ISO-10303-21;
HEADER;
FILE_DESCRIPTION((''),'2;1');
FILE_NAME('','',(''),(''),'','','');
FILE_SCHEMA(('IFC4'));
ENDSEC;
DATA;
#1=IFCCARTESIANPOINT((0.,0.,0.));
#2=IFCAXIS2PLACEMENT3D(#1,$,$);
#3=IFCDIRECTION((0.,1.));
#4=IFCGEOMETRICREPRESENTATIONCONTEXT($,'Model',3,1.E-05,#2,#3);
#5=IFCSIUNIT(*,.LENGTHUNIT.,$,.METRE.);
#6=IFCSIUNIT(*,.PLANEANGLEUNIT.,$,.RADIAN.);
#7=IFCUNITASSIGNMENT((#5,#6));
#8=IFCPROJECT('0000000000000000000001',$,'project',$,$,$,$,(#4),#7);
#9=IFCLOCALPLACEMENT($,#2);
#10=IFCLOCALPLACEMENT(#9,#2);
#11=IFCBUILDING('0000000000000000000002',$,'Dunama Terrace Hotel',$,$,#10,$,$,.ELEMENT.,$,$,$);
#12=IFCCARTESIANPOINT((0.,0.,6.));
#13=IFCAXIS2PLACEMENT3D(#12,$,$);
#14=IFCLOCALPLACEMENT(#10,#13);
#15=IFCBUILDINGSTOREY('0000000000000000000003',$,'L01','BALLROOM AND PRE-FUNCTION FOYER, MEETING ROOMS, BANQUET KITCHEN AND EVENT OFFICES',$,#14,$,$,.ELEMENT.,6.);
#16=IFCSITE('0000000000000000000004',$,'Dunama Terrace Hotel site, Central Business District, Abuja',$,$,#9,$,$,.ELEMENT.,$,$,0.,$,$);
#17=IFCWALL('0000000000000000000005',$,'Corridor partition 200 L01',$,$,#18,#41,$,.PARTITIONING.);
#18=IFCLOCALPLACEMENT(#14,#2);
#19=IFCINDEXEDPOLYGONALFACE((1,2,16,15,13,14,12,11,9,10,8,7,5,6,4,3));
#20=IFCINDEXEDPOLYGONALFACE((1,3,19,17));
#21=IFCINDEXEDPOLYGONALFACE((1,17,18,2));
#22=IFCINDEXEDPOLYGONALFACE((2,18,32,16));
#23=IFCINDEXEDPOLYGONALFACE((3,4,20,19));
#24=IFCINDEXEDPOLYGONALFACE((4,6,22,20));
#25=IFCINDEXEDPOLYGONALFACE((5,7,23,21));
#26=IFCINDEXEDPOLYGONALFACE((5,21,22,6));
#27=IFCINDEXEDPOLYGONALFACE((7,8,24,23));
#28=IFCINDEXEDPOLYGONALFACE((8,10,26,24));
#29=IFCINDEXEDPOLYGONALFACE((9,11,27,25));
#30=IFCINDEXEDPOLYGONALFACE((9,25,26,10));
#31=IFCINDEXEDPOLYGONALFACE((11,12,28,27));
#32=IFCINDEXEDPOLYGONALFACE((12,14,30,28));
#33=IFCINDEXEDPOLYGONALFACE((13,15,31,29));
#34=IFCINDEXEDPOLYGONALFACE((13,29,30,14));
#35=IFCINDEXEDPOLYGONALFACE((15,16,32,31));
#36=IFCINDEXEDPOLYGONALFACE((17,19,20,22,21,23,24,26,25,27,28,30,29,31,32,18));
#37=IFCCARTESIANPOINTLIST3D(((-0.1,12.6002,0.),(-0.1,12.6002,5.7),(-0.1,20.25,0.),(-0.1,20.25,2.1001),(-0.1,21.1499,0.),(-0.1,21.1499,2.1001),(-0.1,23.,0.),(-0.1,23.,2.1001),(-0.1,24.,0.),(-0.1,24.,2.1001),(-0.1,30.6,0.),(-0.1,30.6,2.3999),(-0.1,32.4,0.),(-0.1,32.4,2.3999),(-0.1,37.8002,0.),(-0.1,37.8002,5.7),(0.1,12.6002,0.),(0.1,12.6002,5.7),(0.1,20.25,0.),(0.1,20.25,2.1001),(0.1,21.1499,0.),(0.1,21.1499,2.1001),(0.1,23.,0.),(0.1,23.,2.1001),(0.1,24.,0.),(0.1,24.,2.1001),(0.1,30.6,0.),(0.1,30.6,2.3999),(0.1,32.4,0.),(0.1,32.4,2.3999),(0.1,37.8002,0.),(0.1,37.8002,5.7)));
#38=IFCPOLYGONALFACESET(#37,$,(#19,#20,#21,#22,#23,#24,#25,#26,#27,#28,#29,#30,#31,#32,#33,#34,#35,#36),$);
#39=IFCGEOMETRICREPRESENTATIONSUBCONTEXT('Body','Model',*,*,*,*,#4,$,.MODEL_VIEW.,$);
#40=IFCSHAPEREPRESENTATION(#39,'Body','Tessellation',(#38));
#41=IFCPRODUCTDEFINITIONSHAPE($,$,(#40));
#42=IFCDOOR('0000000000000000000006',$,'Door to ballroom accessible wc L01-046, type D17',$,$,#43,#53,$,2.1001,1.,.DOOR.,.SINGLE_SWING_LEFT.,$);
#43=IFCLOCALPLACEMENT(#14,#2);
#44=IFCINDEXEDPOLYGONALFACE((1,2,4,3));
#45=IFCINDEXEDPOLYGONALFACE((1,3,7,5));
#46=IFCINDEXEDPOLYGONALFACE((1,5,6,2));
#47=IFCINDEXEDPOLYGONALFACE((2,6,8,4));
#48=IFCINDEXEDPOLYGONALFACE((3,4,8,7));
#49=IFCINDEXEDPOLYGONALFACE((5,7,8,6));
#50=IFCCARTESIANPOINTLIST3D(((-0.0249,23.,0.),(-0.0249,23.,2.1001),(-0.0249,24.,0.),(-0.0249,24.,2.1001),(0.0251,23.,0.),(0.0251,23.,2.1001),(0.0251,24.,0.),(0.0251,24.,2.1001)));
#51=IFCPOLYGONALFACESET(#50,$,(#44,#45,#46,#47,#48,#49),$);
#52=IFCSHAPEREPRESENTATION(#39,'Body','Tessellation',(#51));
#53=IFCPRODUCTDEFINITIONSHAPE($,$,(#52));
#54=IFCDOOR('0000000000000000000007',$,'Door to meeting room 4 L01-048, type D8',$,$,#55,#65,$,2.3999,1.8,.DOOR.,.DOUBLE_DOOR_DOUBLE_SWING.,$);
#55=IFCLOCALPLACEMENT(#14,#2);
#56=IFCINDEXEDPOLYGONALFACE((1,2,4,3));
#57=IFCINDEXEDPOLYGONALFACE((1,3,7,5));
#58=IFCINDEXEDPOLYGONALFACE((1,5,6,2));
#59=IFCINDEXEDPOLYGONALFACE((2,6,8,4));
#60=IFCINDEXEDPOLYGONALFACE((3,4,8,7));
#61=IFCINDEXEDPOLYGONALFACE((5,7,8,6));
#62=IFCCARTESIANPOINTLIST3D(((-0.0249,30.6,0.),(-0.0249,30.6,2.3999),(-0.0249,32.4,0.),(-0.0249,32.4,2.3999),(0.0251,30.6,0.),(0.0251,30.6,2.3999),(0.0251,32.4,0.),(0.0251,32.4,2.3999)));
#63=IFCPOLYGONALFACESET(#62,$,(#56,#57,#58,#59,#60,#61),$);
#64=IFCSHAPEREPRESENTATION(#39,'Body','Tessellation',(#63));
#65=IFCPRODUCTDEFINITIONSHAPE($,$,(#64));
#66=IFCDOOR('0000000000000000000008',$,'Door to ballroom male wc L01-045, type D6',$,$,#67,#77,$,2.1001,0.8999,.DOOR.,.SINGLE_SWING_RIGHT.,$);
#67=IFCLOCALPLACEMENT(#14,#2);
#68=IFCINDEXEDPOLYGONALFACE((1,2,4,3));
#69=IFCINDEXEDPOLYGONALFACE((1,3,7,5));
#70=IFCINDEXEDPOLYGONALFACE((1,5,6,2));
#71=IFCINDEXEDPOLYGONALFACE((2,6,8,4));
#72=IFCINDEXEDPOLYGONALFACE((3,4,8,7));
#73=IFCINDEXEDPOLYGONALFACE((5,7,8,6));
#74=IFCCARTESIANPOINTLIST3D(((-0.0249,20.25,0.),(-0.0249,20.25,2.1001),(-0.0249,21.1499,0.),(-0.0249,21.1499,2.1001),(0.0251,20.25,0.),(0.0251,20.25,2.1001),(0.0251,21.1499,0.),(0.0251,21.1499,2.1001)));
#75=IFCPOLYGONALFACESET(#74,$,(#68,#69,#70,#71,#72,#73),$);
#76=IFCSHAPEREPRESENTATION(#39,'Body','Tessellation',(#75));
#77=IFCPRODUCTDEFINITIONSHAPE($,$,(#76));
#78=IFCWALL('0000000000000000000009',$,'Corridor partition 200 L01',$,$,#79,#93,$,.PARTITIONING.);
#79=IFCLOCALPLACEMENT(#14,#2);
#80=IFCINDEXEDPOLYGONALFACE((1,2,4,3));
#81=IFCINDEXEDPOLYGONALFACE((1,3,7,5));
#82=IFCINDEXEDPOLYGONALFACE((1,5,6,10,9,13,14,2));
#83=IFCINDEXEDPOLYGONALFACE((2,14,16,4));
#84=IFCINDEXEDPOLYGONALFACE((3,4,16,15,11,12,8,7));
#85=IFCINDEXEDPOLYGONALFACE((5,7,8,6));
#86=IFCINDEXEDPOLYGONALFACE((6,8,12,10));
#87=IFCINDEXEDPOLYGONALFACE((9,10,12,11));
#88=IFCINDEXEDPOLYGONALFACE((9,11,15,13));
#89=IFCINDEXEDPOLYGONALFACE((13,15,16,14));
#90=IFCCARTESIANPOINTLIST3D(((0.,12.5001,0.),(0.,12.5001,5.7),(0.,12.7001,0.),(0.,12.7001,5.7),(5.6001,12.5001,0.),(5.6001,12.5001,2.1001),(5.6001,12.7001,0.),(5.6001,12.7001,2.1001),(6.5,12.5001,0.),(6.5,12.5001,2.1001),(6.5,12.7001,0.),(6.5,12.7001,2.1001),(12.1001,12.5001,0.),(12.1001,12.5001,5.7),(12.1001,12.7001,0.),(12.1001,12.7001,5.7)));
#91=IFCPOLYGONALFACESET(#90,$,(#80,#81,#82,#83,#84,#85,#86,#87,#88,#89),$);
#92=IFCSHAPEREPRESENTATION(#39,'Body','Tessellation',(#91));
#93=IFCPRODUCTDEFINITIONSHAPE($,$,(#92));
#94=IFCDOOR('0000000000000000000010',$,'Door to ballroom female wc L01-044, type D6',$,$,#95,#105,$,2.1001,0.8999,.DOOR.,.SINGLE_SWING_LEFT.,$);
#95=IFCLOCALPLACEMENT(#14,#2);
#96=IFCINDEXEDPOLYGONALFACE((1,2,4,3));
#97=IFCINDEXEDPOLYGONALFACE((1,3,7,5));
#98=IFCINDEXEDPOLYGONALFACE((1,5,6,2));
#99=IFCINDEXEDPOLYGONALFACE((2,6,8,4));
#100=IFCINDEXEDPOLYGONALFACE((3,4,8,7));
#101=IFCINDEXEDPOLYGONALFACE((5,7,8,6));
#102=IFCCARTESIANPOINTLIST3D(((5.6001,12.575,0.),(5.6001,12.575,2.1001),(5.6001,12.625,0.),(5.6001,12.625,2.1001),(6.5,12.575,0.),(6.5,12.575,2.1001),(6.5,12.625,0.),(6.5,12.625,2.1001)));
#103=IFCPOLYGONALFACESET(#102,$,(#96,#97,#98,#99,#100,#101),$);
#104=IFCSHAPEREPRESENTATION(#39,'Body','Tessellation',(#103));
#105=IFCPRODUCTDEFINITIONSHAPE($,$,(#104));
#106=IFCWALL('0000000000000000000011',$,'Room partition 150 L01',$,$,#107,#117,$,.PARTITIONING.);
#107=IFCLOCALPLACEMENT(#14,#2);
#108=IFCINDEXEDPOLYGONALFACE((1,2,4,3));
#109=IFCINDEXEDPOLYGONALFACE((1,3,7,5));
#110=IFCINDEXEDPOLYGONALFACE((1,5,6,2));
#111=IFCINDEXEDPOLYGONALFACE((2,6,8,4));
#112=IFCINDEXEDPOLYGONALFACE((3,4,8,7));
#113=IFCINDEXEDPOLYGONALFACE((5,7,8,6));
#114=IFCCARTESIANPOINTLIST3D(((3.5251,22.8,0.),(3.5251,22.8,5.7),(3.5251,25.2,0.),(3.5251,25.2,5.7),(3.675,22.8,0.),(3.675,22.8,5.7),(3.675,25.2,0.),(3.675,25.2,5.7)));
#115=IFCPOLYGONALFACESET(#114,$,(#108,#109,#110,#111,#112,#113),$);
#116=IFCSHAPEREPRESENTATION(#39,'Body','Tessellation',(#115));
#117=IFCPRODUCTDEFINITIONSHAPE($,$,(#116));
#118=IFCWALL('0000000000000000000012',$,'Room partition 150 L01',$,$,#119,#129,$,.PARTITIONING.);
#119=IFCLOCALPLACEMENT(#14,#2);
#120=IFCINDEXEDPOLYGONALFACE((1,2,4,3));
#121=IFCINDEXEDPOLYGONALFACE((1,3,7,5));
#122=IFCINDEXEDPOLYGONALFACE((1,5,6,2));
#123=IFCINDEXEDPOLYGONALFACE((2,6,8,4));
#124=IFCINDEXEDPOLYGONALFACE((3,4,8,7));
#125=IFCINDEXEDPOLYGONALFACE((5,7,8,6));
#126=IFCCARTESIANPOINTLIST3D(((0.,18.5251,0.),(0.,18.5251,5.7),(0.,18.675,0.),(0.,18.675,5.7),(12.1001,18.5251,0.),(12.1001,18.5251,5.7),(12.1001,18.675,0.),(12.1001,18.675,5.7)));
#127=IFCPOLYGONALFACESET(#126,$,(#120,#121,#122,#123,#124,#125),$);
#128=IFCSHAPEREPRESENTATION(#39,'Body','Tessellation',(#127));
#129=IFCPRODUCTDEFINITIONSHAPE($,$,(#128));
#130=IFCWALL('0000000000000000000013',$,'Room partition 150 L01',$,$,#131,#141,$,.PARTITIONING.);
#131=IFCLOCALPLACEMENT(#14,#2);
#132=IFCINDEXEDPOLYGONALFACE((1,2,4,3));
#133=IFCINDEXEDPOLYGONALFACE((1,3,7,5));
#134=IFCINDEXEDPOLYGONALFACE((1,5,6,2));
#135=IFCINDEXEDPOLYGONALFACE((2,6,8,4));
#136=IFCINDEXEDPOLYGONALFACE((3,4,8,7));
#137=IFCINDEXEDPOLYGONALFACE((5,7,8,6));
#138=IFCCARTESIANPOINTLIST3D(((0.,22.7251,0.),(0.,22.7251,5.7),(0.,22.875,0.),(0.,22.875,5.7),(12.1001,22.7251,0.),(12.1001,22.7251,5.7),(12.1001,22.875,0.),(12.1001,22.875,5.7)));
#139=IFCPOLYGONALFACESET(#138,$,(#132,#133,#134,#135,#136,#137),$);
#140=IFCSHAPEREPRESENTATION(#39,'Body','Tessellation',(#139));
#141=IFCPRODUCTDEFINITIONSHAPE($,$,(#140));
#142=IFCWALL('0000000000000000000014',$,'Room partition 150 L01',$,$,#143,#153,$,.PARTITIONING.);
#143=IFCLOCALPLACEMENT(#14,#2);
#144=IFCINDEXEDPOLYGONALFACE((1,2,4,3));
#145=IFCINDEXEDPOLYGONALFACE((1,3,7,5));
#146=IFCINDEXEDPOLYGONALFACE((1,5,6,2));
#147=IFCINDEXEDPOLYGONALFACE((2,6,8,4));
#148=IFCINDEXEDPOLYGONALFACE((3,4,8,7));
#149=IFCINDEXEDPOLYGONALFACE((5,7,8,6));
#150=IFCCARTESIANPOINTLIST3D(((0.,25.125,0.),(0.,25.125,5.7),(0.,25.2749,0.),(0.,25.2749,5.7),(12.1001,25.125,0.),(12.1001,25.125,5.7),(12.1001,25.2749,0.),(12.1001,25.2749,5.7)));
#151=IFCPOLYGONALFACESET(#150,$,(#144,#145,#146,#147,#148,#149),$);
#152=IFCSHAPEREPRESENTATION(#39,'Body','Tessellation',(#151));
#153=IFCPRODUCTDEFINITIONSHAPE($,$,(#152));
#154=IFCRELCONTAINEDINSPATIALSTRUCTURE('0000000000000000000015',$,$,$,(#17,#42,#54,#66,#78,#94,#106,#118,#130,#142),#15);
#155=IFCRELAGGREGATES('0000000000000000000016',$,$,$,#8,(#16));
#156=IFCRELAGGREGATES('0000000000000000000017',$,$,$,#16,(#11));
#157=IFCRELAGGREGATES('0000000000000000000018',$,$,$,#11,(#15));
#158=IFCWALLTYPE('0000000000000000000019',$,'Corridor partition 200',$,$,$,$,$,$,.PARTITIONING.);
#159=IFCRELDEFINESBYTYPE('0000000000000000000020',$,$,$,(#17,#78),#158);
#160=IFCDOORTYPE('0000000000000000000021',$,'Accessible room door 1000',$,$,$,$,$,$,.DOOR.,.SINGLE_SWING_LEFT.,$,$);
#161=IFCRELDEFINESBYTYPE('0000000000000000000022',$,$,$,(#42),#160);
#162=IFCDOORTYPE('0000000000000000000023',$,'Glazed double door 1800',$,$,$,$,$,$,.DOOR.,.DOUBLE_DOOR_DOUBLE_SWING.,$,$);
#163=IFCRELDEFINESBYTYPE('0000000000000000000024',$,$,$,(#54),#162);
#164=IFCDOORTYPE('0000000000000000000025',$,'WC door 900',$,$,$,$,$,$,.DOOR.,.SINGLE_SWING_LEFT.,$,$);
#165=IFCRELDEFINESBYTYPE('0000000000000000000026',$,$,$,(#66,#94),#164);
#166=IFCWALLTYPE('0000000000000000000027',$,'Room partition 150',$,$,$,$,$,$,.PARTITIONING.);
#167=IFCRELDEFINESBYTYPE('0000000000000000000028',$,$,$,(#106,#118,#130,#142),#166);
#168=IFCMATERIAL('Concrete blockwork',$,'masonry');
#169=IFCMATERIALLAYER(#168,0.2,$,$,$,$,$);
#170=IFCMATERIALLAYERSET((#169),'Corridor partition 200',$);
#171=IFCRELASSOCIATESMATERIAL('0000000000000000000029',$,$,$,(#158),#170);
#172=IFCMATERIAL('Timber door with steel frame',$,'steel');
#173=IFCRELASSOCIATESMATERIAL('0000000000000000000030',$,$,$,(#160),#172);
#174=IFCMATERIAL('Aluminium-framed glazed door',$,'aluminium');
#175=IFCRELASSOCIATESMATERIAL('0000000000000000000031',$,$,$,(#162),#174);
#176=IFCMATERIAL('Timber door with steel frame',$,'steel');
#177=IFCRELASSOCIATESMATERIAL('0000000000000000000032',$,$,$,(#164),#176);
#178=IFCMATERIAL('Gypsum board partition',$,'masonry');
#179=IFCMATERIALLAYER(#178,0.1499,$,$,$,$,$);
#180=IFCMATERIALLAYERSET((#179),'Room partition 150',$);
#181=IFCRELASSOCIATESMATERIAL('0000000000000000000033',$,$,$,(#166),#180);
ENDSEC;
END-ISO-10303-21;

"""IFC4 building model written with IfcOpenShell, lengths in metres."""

from ifc_helpers import new_model, si_unit, direction, frame, frame_2d, origin, place, context, subcontext, project, spatial, rectangle, extrude, material, layer, layer_set, type_object, element, fill, save


model = new_model("IFC4")

# Units and contexts
model_context = context("Model", 3, precision=1e-05, world=origin(), true_north=direction((0.0, 1.0)))
body_context = subcontext(model_context, "Body", "Model", "MODEL_VIEW")
ifc_project = project(units=[si_unit("LENGTHUNIT", "METRE"), si_unit("PLANEANGLEUNIT", "RADIAN")], contexts=[model_context])

# Site, building, storey
site_placement = place(None, origin())
site = spatial("IfcSite", under=ifc_project, at=site_placement, Name="Dunama Terrace Hotel site, Central Business District, Abuja", CompositionType="ELEMENT", RefElevation=0.0)
building_placement = place(site_placement, origin())
building = spatial("IfcBuilding", under=site, at=building_placement, Name="Dunama Terrace Hotel", CompositionType="ELEMENT")
storey_placement = place(building_placement, frame((0.0, 0.0, 6.0)))
storey = spatial("IfcBuildingStorey", under=building, at=storey_placement, Name="L01", Description="BALLROOM AND PRE-FUNCTION FOYER, MEETING ROOMS, BANQUET KITCHEN AND EVENT OFFICES", CompositionType="ELEMENT", Elevation=6.0)

# Wall, openings, doors
ifc_material_1 = material(Name="Concrete blockwork", Category="masonry")
ifc_layer_1 = layer(ifc_material_1, 0.2)
ifc_layer_set_1 = layer_set([ifc_layer_1], Name="Corridor partition 200")
wall_type_1 = type_object("IfcWallType", Name="Corridor partition 200", PredefinedType="PARTITIONING", material=ifc_layer_set_1)
wall_1_placement = place(storey_placement, frame((0.0, 12.6001, 0.0), z_axis=(0.0, 0.0, 1.0), x_axis=(0.0, 1.0, 0.0)))
wall_1 = element("IfcWall", 1, at=wall_1_placement, inside=storey, type_object=wall_type_1, Name="Corridor partition 200 L01", PredefinedType="PARTITIONING", context=body_context, shape_type="SweptSolid", body=[
    extrude(rectangle(XDim=25.2, YDim=0.2, at=frame_2d((12.6001, 0.0))), origin(), (0.0, 0.0, 1.0), 5.7),
])
opening_1_placement = place(wall_1_placement, frame((7.6499, 0.0, 0.0)))
opening_1 = element("IfcOpeningElement", 2, at=opening_1_placement, cuts=wall_1, PredefinedType="OPENING", context=body_context, shape_type="SweptSolid", body=[
    extrude(rectangle(XDim=0.8999, YDim=2.1001, at=frame_2d((0.45, 1.05))), frame((0.0, 0.1099, 0.0), z_axis=(0.0, -1.0, 0.0), x_axis=(1.0, 0.0, 0.0)), (0.0, 0.0, 1.0), 0.22),
])
opening_2_placement = place(wall_1_placement, frame((10.3999, 0.0, 0.0)))
opening_2 = element("IfcOpeningElement", 3, at=opening_2_placement, cuts=wall_1, PredefinedType="OPENING", context=body_context, shape_type="SweptSolid", body=[
    extrude(rectangle(XDim=1.0, YDim=2.1001, at=frame_2d((0.5, 1.05))), frame((0.0, 0.1099, 0.0), z_axis=(0.0, -1.0, 0.0), x_axis=(1.0, 0.0, 0.0)), (0.0, 0.0, 1.0), 0.22),
])
opening_3_placement = place(wall_1_placement, frame((18.0, 0.0, 0.0)))
opening_3 = element("IfcOpeningElement", 4, at=opening_3_placement, cuts=wall_1, PredefinedType="OPENING", context=body_context, shape_type="SweptSolid", body=[
    extrude(rectangle(XDim=1.8, YDim=2.3999, at=frame_2d((0.8999, 1.2))), frame((0.0, 0.1099, 0.0), z_axis=(0.0, -1.0, 0.0), x_axis=(1.0, 0.0, 0.0)), (0.0, 0.0, 1.0), 0.22),
])
ifc_material_2 = material(Name="Timber door with steel frame", Category="steel")
door_type_1 = type_object("IfcDoorType", Name="Accessible room door 1000", OperationType="SINGLE_SWING_LEFT", PredefinedType="DOOR", material=ifc_material_2)
door_1_placement = place(opening_2_placement, frame((1.0, 0.0, 0.0), z_axis=(0.0, 0.0, 1.0), x_axis=(-1.0, 0.0, 0.0)))
door_1 = element("IfcDoor", 5, at=door_1_placement, inside=storey, type_object=door_type_1, Name="Door to ballroom accessible wc L01-046, type D17", OperationType="SINGLE_SWING_LEFT", OverallHeight=2.1001, OverallWidth=1.0, PredefinedType="DOOR", context=body_context, shape_type="SweptSolid", body=[
    extrude(rectangle(XDim=1.0, YDim=2.1001, at=frame_2d((0.5, 1.05))), frame((0.0, 0.0251, 0.0), z_axis=(0.0, -1.0, 0.0), x_axis=(1.0, 0.0, 0.0)), (0.0, 0.0, 1.0), 0.05),
])
fill(opening_2, door_1)
ifc_material_3 = material(Name="Aluminium-framed glazed door", Category="aluminium")
door_type_2 = type_object("IfcDoorType", Name="Glazed double door 1800", OperationType="DOUBLE_DOOR_DOUBLE_SWING", PredefinedType="DOOR", material=ifc_material_3)
door_2_placement = place(opening_3_placement, origin())
door_2 = element("IfcDoor", 6, at=door_2_placement, inside=storey, type_object=door_type_2, Name="Door to meeting room 4 L01-048, type D8", OperationType="DOUBLE_DOOR_DOUBLE_SWING", OverallHeight=2.3999, OverallWidth=1.8, PredefinedType="DOOR", context=body_context, shape_type="SweptSolid", body=[
    extrude(rectangle(XDim=1.8, YDim=2.3999, at=frame_2d((0.8999, 1.2))), frame((0.0, 0.0249, 0.0), z_axis=(0.0, -1.0, 0.0), x_axis=(1.0, 0.0, 0.0)), (0.0, 0.0, 1.0), 0.05),
])
fill(opening_3, door_2)
ifc_material_4 = material(Name="Timber door with steel frame", Category="steel")
door_type_3 = type_object("IfcDoorType", Name="WC door 900", OperationType="SINGLE_SWING_LEFT", PredefinedType="DOOR", material=ifc_material_4)
door_3_placement = place(opening_1_placement, frame((0.8999, 0.0, 0.0), z_axis=(0.0, 0.0, 1.0), x_axis=(-1.0, 0.0, 0.0)))
door_3 = element("IfcDoor", 7, at=door_3_placement, inside=storey, type_object=door_type_3, Name="Door to ballroom male wc L01-045, type D6", OperationType="SINGLE_SWING_RIGHT", OverallHeight=2.1001, OverallWidth=0.8999, PredefinedType="DOOR", context=body_context, shape_type="SweptSolid", body=[
    extrude(rectangle(XDim=0.8999, YDim=2.1001, at=frame_2d((0.45, 1.05))), frame((0.0, 0.0251, 0.0), z_axis=(0.0, -1.0, 0.0), x_axis=(1.0, 0.0, 0.0)), (0.0, 0.0, 1.0), 0.05),
])
fill(opening_1, door_3)

# Wall, opening, door
wall_2_placement = place(storey_placement, frame((0.0, 12.6001, 0.0), z_axis=(0.0, 0.0, 1.0), x_axis=(1.0, 0.0, 0.0)))
wall_2 = element("IfcWall", 8, at=wall_2_placement, inside=storey, type_object=wall_type_1, Name="Corridor partition 200 L01", PredefinedType="PARTITIONING", context=body_context, shape_type="SweptSolid", body=[
    extrude(rectangle(XDim=12.1001, YDim=0.2, at=frame_2d((6.05, 0.0))), origin(), (0.0, 0.0, 1.0), 5.7),
])
opening_4_placement = place(wall_2_placement, frame((5.6001, 0.0, 0.0)))
opening_4 = element("IfcOpeningElement", 9, at=opening_4_placement, cuts=wall_2, PredefinedType="OPENING", context=body_context, shape_type="SweptSolid", body=[
    extrude(rectangle(XDim=0.8999, YDim=2.1001, at=frame_2d((0.45, 1.05))), frame((0.0, 0.1099, 0.0), z_axis=(0.0, -1.0, 0.0), x_axis=(1.0, 0.0, 0.0)), (0.0, 0.0, 1.0), 0.22),
])
door_4_placement = place(opening_4_placement, origin())
door_4 = element("IfcDoor", 10, at=door_4_placement, inside=storey, type_object=door_type_3, Name="Door to ballroom female wc L01-044, type D6", OperationType="SINGLE_SWING_LEFT", OverallHeight=2.1001, OverallWidth=0.8999, PredefinedType="DOOR", context=body_context, shape_type="SweptSolid", body=[
    extrude(rectangle(XDim=0.8999, YDim=2.1001, at=frame_2d((0.45, 1.05))), frame((0.0, 0.0249, 0.0), z_axis=(0.0, -1.0, 0.0), x_axis=(1.0, 0.0, 0.0)), (0.0, 0.0, 1.0), 0.05),
])
fill(opening_4, door_4)

# Walls
ifc_material_5 = material(Name="Gypsum board partition", Category="masonry")
ifc_layer_2 = layer(ifc_material_5, 0.1499)
ifc_layer_set_2 = layer_set([ifc_layer_2], Name="Room partition 150")
wall_type_2 = type_object("IfcWallType", Name="Room partition 150", PredefinedType="PARTITIONING", material=ifc_layer_set_2)
wall_3_placement = place(storey_placement, frame((3.6001, 22.8, 0.0), z_axis=(0.0, 0.0, 1.0), x_axis=(0.0, 1.0, 0.0)))
element("IfcWall", 11, at=wall_3_placement, inside=storey, type_object=wall_type_2, Name="Room partition 150 L01", PredefinedType="PARTITIONING", context=body_context, shape_type="SweptSolid", body=[
    extrude(rectangle(XDim=2.3999, YDim=0.1499, at=frame_2d((1.2, 0.0))), origin(), (0.0, 0.0, 1.0), 5.7),
])
for number, where, z_axis, x_axis, name in (
    (12, (0.0, 18.6001, 0.0), (0.0, 0.0, 1.0), (1.0, 0.0, 0.0), "Room partition 150 L01"),
    (13, (0.0, 22.8, 0.0), (0.0, 0.0, 1.0), (1.0, 0.0, 0.0), "Room partition 150 L01"),
    (14, (0.0, 25.2, 0.0), (0.0, 0.0, 1.0), (1.0, 0.0, 0.0), "Room partition 150 L01"),
):
    element("IfcWall", number, at=place(storey_placement, frame(where, z_axis=z_axis, x_axis=x_axis)), inside=storey, type_object=wall_type_2, Name=name, PredefinedType="PARTITIONING", context=body_context, shape_type="SweptSolid", body=[
        extrude(rectangle(XDim=12.1001, YDim=0.1499, at=frame_2d((6.05, 0.0))), origin(), (0.0, 0.0, 1.0), 5.7),
    ])

save(model, "model.ifc")
